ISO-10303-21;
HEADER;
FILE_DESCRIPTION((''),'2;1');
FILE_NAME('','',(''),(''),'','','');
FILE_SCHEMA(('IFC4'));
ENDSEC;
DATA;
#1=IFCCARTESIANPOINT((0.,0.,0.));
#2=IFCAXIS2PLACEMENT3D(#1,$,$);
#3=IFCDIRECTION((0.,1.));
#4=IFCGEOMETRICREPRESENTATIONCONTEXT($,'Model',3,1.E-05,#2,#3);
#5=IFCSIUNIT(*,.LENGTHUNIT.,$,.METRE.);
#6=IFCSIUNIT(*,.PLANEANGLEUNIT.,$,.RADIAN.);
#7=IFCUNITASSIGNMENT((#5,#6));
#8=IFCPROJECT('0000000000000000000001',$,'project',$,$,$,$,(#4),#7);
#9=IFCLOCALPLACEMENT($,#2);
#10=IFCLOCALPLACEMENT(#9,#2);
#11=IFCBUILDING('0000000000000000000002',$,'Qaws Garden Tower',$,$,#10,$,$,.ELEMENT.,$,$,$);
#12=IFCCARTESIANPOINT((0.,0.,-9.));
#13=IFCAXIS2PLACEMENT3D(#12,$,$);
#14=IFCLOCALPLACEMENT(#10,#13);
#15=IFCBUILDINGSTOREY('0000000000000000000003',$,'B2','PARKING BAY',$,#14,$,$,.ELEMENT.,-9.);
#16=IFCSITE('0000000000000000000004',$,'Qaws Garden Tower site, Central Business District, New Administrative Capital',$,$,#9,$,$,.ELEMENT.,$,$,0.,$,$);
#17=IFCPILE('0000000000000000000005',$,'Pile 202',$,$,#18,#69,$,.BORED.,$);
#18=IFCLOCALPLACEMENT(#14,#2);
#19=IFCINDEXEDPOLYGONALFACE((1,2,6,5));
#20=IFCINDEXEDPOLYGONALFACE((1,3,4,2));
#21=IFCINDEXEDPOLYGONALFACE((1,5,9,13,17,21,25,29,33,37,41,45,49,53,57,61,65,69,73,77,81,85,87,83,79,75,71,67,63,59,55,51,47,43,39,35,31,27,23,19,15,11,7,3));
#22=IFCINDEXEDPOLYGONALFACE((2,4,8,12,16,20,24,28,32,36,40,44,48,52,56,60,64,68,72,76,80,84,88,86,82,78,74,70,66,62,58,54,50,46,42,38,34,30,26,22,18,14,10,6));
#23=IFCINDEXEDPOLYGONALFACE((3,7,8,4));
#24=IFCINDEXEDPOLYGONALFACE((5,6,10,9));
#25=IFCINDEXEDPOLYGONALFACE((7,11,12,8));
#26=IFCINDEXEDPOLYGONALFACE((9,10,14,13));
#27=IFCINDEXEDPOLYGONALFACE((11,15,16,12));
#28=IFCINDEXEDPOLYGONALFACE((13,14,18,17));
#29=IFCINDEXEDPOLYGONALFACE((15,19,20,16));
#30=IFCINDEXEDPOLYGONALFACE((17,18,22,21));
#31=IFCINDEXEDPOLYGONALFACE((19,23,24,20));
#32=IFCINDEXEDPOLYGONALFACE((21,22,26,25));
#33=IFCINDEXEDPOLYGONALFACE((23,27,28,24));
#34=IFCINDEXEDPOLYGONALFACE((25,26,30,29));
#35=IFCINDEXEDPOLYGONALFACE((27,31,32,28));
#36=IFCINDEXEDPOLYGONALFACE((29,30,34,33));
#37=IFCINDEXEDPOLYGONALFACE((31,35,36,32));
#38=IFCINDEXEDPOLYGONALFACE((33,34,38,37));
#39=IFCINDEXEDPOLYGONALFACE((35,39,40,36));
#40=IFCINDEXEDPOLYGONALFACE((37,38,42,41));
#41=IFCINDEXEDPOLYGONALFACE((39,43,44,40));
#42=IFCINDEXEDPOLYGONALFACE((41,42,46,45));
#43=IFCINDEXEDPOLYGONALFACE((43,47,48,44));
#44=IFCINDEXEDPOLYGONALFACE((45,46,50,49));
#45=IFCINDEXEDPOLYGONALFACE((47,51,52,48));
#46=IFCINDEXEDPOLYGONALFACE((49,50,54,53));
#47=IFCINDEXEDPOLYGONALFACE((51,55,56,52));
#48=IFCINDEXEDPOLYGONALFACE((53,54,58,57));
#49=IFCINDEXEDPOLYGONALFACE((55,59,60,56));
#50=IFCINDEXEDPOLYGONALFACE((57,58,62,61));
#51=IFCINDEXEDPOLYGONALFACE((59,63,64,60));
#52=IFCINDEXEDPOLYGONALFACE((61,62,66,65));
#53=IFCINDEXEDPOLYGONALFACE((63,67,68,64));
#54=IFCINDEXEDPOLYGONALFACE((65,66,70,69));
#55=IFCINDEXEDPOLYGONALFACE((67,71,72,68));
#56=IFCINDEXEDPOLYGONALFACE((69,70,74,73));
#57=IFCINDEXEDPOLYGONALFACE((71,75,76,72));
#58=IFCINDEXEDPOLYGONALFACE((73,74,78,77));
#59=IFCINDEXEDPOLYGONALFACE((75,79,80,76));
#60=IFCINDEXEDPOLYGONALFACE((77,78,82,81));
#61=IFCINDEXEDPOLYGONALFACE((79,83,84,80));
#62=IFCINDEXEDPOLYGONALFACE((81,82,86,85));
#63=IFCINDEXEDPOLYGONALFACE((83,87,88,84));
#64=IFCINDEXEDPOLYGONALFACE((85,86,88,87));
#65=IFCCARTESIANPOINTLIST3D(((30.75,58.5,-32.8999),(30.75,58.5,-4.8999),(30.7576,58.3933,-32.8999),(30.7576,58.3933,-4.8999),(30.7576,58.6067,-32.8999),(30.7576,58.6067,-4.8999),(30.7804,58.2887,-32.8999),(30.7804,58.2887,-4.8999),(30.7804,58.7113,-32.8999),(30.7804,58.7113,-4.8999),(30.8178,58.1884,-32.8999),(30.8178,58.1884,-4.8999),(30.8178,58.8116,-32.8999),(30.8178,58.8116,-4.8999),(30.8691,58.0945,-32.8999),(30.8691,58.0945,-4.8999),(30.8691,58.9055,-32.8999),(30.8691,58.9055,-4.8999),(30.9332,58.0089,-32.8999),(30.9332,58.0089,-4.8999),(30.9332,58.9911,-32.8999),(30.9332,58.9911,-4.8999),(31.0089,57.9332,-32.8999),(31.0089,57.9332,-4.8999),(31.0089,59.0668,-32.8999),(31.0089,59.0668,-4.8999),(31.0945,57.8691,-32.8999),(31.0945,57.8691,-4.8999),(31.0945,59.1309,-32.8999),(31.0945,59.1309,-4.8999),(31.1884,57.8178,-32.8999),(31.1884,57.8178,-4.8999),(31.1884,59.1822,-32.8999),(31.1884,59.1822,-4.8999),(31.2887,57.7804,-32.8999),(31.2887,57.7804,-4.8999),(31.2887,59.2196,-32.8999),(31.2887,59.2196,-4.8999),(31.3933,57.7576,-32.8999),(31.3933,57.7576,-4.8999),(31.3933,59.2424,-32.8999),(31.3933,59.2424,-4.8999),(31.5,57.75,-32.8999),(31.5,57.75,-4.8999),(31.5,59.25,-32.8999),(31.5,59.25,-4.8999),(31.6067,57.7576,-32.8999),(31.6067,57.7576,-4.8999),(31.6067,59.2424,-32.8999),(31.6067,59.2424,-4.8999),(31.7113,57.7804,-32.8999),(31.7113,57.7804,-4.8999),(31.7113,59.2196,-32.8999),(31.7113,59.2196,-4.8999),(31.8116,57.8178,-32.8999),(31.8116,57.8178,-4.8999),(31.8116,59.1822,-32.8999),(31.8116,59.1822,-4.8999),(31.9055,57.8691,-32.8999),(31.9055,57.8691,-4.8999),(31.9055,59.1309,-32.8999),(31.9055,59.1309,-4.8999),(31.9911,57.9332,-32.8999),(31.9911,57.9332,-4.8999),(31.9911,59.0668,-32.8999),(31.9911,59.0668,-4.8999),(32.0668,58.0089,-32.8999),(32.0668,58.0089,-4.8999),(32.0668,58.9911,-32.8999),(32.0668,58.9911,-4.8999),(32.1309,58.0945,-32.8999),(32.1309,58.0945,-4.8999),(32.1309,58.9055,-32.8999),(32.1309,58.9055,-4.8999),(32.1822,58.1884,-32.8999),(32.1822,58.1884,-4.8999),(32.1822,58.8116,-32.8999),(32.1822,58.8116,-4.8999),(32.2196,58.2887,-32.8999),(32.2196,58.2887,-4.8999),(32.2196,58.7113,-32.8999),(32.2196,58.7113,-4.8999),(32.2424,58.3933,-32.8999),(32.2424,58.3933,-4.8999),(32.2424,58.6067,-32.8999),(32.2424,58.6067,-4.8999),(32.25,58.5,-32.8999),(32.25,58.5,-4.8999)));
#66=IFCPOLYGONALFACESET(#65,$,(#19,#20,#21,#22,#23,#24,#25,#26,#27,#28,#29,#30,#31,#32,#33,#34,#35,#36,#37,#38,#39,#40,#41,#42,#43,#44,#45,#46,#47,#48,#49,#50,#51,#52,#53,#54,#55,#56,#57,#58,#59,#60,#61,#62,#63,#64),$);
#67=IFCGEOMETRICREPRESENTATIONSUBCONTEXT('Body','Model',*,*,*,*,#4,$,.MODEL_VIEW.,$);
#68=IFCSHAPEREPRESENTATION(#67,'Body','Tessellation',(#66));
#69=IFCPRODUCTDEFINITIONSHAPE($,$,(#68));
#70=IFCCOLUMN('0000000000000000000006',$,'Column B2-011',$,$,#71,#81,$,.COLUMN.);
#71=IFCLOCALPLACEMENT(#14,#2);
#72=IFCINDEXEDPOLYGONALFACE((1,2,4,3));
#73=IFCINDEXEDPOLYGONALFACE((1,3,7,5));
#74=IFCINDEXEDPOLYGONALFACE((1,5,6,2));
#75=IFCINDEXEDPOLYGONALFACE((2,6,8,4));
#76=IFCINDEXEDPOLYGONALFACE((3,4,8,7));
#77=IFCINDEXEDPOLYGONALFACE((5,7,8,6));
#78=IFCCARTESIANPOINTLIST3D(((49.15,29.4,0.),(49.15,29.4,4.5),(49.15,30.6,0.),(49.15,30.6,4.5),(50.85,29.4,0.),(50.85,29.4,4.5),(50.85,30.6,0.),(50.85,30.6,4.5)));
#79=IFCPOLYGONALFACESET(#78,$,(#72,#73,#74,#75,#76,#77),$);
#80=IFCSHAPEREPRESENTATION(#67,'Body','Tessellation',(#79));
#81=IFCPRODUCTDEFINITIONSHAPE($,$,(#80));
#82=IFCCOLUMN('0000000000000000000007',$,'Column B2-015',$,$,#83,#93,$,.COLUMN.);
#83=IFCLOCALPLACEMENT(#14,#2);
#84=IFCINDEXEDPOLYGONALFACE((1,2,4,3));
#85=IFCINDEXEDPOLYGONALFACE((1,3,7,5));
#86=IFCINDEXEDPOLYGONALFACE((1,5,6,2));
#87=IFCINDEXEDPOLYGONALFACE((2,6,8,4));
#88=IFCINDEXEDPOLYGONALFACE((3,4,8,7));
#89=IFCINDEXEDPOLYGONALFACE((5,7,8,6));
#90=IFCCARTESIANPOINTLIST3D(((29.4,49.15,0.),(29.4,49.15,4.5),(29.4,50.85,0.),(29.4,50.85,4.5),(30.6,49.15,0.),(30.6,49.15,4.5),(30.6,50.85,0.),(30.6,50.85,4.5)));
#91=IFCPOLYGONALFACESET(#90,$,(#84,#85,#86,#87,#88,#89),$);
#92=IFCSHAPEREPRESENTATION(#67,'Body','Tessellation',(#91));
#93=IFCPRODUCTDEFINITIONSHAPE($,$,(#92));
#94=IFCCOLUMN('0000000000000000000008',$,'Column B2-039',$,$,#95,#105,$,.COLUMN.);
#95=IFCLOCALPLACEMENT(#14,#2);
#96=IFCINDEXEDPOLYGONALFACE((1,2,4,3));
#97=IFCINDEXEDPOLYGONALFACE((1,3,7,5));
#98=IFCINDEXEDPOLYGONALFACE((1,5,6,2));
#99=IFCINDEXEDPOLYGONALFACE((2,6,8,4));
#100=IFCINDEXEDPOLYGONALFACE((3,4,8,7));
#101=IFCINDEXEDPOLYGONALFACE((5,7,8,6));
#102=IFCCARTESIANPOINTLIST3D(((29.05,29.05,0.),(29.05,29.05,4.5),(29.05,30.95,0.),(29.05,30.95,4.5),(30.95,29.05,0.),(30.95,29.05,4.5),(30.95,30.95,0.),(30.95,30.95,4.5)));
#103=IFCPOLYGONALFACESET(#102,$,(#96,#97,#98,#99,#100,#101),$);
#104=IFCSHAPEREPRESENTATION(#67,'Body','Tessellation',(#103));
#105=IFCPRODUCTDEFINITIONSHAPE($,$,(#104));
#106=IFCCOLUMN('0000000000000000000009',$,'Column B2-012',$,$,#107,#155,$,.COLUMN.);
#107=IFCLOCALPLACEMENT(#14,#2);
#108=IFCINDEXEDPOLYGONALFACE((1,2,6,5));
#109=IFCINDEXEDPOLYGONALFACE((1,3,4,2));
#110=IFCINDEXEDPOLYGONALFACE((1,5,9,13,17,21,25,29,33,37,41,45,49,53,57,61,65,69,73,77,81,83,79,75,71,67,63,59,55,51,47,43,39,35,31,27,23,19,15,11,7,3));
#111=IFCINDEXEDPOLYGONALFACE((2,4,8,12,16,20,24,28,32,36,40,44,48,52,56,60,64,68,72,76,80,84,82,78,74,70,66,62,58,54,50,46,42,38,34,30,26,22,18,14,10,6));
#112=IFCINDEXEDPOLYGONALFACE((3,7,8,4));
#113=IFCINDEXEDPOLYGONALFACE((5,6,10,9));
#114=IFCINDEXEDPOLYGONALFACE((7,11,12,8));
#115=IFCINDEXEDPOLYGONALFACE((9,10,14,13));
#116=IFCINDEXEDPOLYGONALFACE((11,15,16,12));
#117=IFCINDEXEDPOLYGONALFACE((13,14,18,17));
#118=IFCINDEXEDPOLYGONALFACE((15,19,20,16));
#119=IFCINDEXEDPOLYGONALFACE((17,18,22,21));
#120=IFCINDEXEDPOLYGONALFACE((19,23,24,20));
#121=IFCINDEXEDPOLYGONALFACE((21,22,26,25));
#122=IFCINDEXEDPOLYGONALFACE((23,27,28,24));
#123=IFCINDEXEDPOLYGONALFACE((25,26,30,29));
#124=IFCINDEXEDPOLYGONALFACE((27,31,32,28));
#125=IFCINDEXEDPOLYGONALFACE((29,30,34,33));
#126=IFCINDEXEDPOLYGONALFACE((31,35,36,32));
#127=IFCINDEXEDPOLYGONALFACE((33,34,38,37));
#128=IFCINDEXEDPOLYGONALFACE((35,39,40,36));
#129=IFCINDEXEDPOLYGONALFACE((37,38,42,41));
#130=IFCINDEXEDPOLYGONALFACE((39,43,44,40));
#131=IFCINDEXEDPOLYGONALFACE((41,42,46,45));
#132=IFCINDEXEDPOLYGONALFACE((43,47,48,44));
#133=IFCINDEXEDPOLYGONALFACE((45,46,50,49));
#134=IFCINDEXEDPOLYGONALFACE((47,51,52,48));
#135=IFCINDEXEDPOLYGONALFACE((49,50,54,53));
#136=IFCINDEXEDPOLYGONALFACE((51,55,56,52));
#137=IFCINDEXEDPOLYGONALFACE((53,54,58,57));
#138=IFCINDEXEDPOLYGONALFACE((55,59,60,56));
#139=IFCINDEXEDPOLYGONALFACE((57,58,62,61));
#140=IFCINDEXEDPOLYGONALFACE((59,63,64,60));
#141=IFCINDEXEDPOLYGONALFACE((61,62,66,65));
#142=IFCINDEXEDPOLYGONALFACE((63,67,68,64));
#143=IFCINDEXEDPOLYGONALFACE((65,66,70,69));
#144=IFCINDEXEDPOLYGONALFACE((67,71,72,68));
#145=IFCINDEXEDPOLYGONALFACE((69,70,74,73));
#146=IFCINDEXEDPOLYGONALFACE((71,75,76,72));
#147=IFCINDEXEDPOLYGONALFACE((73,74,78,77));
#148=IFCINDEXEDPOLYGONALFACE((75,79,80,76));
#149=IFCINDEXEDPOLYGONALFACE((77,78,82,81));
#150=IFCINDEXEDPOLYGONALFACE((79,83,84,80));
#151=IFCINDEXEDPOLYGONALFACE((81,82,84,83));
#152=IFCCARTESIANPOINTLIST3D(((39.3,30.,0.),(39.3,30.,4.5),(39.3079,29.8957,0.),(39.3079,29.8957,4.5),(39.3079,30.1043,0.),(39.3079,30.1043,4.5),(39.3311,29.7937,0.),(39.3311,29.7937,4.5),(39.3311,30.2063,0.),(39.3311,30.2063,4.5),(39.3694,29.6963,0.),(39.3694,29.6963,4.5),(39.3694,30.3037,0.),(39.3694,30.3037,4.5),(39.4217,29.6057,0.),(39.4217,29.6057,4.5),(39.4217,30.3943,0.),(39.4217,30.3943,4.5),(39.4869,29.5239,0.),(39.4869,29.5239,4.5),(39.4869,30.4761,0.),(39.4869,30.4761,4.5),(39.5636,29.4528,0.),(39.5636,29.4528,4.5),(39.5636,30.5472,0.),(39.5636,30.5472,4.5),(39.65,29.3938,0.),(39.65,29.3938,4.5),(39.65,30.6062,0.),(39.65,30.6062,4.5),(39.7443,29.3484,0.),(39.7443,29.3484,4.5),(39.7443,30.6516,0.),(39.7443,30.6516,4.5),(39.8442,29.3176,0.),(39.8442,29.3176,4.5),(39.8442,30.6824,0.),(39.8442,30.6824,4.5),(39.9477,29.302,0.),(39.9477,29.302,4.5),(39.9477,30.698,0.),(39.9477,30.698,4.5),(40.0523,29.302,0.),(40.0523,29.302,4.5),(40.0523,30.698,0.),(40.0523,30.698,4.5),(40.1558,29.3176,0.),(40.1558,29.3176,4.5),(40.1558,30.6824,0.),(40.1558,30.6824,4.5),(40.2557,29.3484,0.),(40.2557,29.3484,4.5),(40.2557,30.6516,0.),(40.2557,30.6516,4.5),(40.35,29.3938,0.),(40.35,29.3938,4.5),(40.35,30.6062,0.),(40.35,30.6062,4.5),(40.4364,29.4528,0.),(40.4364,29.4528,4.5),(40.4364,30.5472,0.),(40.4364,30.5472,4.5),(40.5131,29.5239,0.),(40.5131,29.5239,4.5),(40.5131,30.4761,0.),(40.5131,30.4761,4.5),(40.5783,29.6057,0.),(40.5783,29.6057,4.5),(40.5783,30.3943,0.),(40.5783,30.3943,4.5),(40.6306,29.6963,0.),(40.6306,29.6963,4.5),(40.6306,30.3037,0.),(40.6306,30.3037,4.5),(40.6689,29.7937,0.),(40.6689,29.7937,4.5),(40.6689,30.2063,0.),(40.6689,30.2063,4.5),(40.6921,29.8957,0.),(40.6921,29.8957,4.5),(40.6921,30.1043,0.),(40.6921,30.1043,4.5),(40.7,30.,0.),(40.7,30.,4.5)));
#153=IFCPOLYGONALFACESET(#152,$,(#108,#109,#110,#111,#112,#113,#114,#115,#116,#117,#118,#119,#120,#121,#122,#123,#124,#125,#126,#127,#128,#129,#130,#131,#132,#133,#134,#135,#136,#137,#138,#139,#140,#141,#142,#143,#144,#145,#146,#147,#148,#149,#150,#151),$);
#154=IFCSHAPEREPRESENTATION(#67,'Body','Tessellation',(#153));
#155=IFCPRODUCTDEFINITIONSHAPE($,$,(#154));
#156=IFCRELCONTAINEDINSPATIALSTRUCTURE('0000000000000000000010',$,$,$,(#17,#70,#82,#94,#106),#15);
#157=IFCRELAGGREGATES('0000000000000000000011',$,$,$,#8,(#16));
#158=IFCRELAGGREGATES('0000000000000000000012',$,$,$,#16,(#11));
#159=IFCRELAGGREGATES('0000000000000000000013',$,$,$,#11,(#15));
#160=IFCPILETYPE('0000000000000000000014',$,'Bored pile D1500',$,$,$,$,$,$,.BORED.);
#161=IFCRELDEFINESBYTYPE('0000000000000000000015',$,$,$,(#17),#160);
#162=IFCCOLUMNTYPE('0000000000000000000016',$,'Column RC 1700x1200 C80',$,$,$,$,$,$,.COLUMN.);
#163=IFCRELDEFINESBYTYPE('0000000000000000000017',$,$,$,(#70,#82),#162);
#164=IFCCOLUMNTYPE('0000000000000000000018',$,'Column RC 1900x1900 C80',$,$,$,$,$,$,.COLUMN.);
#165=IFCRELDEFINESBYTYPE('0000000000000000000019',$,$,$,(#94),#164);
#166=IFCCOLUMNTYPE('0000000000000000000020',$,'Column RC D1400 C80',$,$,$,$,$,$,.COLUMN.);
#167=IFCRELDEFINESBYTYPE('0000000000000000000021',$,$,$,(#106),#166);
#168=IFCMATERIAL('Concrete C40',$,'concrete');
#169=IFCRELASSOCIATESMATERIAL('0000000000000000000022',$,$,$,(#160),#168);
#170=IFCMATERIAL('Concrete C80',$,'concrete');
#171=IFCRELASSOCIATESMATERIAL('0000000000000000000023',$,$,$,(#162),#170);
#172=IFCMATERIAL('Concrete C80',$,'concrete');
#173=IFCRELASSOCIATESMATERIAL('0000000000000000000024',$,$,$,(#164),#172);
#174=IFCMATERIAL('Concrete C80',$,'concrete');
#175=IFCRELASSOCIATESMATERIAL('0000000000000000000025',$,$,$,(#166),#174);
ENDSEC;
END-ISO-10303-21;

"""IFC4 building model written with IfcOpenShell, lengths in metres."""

from ifc_helpers import new_model, si_unit, direction, frame, origin, origin_2d, place, context, subcontext, project, spatial, rectangle, circle, extrude, material, material_profile, profile_set, type_object, element, save


model = new_model("IFC4")

# Units and contexts
model_context = context("Model", 3, precision=1e-05, world=origin(), true_north=direction((0.0, 1.0)))
body_context = subcontext(model_context, "Body", "Model", "MODEL_VIEW")
ifc_project = project(units=[si_unit("LENGTHUNIT", "METRE"), si_unit("PLANEANGLEUNIT", "RADIAN")], contexts=[model_context])

# Site, building, storey
site_placement = place(None, origin())
site = spatial("IfcSite", under=ifc_project, at=site_placement, Name="Qaws Garden Tower site, Central Business District, New Administrative Capital", CompositionType="ELEMENT", RefElevation=0.0)
building_placement = place(site_placement, origin())
building = spatial("IfcBuilding", under=site, at=building_placement, Name="Qaws Garden Tower", CompositionType="ELEMENT")
storey_placement = place(building_placement, frame((0.0, 0.0, -9.0)))
storey = spatial("IfcBuildingStorey", under=building, at=storey_placement, Name="B2", Description="PARKING BAY", CompositionType="ELEMENT", Elevation=-9.0)

# Pile
ifc_material_1 = material(Name="Concrete C40", Category="concrete")
ifc_material_profile_1 = material_profile(ifc_material_1, circle(Radius=0.75, at=origin_2d()), Name="Bored pile D1500")
ifc_profile_set_1 = profile_set([ifc_material_profile_1], Name="Concrete C40")
pile_type = type_object("IfcPileType", Name="Bored pile D1500", PredefinedType="BORED", material=ifc_profile_set_1)
for number, where, z_axis, x_axis, name in (
    (1, (31.5, 58.5, -4.8999), (0.0, 0.0, -1.0), (1.0, 0.0, 0.0), "Pile 202"),
):
    element("IfcPile", number, at=place(storey_placement, frame(where, z_axis=z_axis, x_axis=x_axis)), inside=storey, type_object=pile_type, Name=name, PredefinedType="BORED", context=body_context, shape_type="SweptSolid", body=[
        extrude(circle(Radius=0.75, at=origin_2d()), origin(), (0.0, 0.0, 1.0), 28.0),
    ])

# Columns
ifc_material_2 = material(Name="Concrete C80", Category="concrete")
ifc_material_profile_2 = material_profile(ifc_material_2, rectangle(XDim=1.7, YDim=1.2, at=origin_2d()), Name="RC 1700x1200")
ifc_profile_set_2 = profile_set([ifc_material_profile_2], Name="Concrete C80")
column_type_1 = type_object("IfcColumnType", Name="Column RC 1700x1200 C80", PredefinedType="COLUMN", material=ifc_profile_set_2)
for number, where, z_axis, x_axis, name in (
    (2, (50.0, 30.0, 0.0), (0.0, 0.0, 1.0), (1.0, 0.0, 0.0), "Column B2-011"),
    (3, (30.0, 50.0, 0.0), (0.0, 0.0, 1.0), (0.0, 1.0, 0.0), "Column B2-015"),
):
    element("IfcColumn", number, at=place(storey_placement, frame(where, z_axis=z_axis, x_axis=x_axis)), inside=storey, type_object=column_type_1, Name=name, PredefinedType="COLUMN", context=body_context, shape_type="SweptSolid", body=[
        extrude(rectangle(XDim=1.7, YDim=1.2, at=origin_2d()), origin(), (0.0, 0.0, 1.0), 4.5),
    ])
ifc_material_3 = material(Name="Concrete C80", Category="concrete")
ifc_material_profile_3 = material_profile(ifc_material_3, rectangle(XDim=1.8999, YDim=1.8999, at=origin_2d()), Name="RC 1900x1900")
ifc_profile_set_3 = profile_set([ifc_material_profile_3], Name="Concrete C80")
column_type_2 = type_object("IfcColumnType", Name="Column RC 1900x1900 C80", PredefinedType="COLUMN", material=ifc_profile_set_3)
column_placement = place(storey_placement, frame((30.0, 30.0, 0.0), z_axis=(0.0, 0.0, 1.0), x_axis=(1.0, 0.0, 0.0)))
element("IfcColumn", 4, at=column_placement, inside=storey, type_object=column_type_2, Name="Column B2-039", PredefinedType="COLUMN", context=body_context, shape_type="SweptSolid", body=[
    extrude(rectangle(XDim=1.8999, YDim=1.8999, at=origin_2d()), origin(), (0.0, 0.0, 1.0), 4.5),
])
ifc_material_4 = material(Name="Concrete C80", Category="concrete")
ifc_material_profile_4 = material_profile(ifc_material_4, circle(Radius=0.7, at=origin_2d()), Name="RC D1400")
ifc_profile_set_4 = profile_set([ifc_material_profile_4], Name="Concrete C80")
column_type_3 = type_object("IfcColumnType", Name="Column RC D1400 C80", PredefinedType="COLUMN", material=ifc_profile_set_4)
for number, where, z_axis, x_axis, name in (
    (5, (40.0, 30.0, 0.0), (0.0, 0.0, 1.0), (1.0, 0.0, 0.0), "Column B2-012"),
):
    element("IfcColumn", number, at=place(storey_placement, frame(where, z_axis=z_axis, x_axis=x_axis)), inside=storey, type_object=column_type_3, Name=name, PredefinedType="COLUMN", context=body_context, shape_type="SweptSolid", body=[
        extrude(circle(Radius=0.7, at=origin_2d()), origin(), (0.0, 0.0, 1.0), 4.5),
    ])

save(model, "model.ifc")
